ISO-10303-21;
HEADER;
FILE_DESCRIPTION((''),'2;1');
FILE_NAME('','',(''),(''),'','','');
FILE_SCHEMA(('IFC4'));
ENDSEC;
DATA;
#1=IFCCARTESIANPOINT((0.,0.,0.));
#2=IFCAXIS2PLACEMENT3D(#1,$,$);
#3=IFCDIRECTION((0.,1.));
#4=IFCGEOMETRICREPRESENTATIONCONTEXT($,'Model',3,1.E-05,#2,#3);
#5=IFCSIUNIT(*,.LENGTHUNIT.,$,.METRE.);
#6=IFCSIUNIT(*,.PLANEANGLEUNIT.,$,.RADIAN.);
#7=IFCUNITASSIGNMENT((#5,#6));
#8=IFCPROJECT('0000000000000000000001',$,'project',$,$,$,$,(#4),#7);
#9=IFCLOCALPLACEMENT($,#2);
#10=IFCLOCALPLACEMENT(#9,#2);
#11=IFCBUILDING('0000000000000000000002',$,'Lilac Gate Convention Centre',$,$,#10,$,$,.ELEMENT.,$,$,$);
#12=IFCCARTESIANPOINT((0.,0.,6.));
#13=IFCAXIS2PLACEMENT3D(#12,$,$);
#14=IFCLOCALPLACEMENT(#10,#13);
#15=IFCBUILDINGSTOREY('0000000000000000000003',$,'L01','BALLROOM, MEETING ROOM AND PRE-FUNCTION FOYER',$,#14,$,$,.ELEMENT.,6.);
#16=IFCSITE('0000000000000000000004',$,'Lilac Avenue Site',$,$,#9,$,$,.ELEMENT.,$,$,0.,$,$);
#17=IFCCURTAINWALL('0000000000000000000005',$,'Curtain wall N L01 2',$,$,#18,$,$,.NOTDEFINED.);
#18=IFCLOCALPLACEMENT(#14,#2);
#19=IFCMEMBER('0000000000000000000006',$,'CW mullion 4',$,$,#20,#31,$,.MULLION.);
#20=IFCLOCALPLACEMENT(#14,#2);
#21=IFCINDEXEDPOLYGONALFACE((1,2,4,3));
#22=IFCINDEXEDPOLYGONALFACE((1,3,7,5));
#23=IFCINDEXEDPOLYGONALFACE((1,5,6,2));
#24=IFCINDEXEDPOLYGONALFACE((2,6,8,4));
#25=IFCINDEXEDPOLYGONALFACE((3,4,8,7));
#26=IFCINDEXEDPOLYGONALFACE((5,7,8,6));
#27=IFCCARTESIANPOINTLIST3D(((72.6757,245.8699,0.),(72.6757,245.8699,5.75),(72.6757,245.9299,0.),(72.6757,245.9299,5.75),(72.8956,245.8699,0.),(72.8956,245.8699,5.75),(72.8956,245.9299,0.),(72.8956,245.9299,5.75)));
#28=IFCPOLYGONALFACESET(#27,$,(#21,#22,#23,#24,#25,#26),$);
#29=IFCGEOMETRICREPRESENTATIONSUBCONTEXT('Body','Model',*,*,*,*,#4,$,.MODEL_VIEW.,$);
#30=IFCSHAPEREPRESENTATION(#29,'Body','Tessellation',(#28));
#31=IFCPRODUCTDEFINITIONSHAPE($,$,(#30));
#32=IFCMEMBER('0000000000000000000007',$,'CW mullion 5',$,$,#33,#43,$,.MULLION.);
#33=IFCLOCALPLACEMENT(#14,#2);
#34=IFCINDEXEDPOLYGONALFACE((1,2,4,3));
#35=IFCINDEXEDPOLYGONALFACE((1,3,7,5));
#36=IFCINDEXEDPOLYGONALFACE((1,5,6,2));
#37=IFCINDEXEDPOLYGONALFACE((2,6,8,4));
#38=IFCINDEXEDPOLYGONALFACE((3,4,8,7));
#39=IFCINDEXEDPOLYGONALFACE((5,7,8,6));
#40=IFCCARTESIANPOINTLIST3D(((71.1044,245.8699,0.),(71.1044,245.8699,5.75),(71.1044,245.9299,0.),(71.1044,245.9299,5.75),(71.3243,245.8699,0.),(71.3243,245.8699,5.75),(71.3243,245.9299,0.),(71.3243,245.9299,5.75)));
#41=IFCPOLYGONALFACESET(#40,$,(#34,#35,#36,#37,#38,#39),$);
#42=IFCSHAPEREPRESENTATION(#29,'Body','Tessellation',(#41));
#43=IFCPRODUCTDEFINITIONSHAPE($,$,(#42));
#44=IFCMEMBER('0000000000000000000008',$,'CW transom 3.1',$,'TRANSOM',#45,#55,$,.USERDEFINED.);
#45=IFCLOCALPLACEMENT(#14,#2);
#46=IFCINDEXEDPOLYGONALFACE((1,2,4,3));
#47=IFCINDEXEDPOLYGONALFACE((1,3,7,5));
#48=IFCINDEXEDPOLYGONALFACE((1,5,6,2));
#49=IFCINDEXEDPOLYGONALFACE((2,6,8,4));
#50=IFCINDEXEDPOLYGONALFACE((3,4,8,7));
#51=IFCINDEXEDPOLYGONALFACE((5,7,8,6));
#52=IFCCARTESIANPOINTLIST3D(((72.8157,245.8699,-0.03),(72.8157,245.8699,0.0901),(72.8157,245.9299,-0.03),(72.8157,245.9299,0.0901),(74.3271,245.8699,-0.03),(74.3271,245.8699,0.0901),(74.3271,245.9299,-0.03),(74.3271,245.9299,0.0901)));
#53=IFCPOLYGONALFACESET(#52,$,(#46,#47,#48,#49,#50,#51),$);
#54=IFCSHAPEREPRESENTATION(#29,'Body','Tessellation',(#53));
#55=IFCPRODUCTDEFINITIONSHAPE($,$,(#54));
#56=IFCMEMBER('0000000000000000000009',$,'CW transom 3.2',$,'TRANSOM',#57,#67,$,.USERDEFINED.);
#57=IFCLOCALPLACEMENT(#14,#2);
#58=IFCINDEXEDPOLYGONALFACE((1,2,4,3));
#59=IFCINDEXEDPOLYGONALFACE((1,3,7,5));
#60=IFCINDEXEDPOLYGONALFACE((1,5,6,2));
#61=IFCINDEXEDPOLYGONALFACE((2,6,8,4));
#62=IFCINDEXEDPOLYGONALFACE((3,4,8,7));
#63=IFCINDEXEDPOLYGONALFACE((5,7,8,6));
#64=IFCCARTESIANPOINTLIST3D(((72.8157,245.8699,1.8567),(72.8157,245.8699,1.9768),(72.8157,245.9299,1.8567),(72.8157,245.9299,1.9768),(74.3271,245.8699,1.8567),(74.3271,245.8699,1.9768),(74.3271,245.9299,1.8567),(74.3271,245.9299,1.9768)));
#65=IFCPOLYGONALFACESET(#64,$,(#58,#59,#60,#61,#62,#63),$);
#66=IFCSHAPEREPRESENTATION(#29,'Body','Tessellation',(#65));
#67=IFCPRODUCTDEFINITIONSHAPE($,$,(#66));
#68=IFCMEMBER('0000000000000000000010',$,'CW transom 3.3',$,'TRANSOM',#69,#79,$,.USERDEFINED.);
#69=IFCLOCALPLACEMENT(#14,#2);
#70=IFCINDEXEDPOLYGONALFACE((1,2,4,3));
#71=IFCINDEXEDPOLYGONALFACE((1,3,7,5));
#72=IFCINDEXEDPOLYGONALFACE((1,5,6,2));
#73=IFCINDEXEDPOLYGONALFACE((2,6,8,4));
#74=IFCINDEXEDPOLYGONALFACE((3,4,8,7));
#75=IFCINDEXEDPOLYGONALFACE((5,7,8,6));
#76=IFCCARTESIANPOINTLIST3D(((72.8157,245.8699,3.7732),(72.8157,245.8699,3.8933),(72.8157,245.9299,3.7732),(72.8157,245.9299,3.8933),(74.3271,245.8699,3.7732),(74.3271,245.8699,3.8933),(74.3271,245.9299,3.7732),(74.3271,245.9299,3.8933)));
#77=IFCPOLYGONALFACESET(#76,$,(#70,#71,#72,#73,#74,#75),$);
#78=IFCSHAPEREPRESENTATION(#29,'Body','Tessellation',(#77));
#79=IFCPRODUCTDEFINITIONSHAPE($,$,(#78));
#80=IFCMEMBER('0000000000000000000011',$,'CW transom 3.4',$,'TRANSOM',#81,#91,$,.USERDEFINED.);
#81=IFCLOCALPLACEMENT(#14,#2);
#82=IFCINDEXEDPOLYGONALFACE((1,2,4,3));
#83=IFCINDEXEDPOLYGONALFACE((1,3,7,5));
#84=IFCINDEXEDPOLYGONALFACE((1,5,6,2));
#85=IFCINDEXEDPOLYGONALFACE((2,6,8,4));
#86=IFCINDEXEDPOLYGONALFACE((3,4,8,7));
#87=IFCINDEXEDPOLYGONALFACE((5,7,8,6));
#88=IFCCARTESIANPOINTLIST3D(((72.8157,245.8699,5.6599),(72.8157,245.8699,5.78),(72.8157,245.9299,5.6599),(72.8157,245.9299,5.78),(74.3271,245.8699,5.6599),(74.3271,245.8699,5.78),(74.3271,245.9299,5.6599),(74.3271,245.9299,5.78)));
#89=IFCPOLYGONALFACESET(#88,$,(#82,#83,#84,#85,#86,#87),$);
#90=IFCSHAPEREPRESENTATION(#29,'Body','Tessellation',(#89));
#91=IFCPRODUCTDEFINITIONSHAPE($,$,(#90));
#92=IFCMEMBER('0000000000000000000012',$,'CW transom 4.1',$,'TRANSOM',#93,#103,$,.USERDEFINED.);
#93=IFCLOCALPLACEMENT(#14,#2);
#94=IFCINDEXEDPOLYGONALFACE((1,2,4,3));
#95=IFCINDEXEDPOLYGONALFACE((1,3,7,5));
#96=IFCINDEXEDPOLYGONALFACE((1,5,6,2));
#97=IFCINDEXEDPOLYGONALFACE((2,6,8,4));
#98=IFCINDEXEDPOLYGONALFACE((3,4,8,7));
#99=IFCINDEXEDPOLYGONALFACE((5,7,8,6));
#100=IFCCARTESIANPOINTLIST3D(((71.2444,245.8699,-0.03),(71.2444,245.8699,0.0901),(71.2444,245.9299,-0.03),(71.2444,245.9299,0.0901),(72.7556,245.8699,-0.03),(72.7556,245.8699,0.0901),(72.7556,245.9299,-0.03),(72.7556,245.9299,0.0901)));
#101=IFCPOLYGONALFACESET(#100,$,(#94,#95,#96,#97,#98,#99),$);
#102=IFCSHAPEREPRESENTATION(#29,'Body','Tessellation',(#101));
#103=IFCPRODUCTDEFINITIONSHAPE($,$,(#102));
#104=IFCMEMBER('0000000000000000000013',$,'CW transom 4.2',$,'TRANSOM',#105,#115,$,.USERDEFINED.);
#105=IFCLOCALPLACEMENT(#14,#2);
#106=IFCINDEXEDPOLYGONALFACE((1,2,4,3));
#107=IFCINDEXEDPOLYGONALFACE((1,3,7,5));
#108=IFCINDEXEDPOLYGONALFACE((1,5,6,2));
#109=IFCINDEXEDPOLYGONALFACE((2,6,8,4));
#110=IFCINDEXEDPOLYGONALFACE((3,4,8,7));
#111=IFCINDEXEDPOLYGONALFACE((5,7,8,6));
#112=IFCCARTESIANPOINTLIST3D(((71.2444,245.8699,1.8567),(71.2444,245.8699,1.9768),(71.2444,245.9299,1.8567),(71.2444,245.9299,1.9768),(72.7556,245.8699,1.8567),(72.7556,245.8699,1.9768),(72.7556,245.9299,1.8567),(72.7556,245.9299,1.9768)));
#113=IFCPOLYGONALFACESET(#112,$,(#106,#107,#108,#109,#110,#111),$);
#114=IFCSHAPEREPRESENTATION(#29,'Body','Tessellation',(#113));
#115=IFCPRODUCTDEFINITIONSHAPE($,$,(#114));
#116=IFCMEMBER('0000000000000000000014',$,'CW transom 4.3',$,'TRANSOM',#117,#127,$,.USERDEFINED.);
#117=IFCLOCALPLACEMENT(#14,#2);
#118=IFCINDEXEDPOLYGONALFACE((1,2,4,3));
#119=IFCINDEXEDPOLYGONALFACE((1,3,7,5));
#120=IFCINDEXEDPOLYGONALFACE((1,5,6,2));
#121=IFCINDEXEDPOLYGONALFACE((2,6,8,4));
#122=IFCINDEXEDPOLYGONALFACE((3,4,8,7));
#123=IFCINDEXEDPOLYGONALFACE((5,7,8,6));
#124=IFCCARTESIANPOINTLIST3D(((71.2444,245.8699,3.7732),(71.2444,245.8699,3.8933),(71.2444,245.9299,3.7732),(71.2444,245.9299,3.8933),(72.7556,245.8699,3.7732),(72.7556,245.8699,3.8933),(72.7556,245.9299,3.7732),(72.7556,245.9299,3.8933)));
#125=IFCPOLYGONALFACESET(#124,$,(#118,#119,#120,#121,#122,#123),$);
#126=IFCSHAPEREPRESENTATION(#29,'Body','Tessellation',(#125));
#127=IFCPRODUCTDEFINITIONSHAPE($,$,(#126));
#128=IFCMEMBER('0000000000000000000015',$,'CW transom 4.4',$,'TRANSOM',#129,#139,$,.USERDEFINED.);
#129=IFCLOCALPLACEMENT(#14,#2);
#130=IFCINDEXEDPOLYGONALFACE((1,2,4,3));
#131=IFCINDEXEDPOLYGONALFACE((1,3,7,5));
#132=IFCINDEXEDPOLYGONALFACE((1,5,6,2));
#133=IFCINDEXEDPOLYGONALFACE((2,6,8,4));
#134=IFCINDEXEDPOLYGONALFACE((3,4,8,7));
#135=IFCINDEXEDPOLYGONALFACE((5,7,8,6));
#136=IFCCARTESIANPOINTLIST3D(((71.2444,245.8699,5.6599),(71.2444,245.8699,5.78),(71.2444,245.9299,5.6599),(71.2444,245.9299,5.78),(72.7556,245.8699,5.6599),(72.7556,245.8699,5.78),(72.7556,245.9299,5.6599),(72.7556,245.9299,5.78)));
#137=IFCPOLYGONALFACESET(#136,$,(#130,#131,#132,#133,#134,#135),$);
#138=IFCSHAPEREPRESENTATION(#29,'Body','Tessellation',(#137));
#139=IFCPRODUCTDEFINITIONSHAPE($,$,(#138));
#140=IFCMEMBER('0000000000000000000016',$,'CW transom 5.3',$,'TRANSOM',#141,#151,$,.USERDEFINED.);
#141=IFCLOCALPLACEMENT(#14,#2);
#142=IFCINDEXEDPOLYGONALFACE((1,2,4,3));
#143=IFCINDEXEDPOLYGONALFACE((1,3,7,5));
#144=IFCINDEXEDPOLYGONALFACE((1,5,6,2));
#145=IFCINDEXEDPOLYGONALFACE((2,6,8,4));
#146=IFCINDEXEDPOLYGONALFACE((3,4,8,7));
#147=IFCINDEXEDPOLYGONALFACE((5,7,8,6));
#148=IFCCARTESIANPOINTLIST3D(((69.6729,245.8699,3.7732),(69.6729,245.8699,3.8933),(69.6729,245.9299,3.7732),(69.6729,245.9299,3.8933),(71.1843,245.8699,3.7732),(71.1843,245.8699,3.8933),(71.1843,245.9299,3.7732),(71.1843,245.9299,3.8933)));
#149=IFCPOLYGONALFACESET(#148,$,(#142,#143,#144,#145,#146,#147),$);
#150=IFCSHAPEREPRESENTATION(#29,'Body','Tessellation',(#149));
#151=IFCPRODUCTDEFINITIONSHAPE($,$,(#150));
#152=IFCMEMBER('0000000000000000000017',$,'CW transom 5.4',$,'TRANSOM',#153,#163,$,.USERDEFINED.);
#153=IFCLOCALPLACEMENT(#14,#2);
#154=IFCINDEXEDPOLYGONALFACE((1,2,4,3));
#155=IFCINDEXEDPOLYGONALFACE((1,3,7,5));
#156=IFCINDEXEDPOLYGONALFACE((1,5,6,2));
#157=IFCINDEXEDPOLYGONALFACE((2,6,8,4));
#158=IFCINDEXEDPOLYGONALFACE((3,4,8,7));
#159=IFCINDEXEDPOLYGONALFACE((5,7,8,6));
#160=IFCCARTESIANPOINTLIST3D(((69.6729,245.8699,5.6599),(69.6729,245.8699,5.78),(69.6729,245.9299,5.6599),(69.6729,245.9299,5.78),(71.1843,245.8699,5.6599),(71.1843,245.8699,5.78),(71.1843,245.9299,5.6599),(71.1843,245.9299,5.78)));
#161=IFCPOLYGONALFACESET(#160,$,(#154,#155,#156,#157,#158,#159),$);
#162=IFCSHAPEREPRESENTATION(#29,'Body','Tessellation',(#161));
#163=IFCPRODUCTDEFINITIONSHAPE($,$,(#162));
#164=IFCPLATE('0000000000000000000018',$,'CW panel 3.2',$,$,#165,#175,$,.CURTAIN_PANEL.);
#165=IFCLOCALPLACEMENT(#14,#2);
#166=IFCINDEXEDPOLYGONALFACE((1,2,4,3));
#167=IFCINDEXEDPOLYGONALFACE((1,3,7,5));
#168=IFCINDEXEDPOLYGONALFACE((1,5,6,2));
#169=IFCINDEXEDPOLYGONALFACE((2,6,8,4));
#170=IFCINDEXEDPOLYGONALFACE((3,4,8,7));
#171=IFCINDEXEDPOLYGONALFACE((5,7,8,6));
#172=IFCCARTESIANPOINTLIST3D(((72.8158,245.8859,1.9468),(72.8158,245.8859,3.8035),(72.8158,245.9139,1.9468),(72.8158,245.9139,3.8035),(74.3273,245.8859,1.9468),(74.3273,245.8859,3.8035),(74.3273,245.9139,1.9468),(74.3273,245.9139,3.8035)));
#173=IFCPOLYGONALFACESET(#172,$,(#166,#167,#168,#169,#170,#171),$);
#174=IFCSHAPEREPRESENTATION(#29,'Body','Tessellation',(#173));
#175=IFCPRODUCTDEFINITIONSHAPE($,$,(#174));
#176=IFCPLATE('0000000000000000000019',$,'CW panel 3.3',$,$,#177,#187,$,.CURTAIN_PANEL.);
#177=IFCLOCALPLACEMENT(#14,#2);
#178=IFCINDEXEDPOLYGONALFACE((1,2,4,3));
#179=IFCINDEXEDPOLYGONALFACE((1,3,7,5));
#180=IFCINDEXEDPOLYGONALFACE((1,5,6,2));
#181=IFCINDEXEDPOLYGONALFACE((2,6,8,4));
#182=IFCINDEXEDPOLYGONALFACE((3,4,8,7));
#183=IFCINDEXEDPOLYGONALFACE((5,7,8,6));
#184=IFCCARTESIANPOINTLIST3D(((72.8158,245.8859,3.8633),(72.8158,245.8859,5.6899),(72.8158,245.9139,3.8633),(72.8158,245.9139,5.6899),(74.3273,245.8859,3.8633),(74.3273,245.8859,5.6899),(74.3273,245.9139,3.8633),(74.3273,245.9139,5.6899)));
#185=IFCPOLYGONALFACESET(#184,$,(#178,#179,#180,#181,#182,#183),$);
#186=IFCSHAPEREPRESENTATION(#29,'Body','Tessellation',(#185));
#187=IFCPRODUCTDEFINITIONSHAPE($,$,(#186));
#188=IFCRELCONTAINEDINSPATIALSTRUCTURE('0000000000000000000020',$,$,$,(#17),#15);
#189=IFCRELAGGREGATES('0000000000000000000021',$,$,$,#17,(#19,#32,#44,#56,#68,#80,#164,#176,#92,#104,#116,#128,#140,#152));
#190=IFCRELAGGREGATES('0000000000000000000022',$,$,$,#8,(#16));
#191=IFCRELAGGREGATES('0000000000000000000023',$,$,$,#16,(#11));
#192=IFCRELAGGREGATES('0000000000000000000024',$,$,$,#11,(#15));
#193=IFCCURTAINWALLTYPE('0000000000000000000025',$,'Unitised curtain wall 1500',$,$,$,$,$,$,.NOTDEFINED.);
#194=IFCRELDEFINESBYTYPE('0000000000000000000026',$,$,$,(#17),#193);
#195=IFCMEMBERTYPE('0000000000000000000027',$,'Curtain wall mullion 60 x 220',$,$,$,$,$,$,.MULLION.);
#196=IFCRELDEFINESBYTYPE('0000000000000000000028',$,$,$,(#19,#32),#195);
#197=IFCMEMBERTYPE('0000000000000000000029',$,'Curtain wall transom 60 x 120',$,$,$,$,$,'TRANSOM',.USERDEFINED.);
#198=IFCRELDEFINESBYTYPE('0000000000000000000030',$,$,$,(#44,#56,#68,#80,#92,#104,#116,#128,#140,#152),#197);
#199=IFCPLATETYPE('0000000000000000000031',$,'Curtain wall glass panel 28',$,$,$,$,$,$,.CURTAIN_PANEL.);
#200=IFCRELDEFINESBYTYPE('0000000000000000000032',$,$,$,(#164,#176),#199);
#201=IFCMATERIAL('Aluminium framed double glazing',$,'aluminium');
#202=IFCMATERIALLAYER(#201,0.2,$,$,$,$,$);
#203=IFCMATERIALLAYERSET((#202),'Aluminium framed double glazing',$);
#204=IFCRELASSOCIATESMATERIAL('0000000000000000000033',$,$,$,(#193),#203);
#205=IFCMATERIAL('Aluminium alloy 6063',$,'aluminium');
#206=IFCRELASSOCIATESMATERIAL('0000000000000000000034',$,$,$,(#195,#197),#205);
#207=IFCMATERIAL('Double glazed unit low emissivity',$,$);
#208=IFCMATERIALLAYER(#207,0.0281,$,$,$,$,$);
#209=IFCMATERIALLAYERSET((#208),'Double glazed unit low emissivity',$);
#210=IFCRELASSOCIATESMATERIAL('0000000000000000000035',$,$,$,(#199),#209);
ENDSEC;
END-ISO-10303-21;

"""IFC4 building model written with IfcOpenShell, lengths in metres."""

from ifc_helpers import new_model, si_unit, direction, frame, origin, origin_2d, place, context, subcontext, project, spatial, rectangle, extrude, material, layer, layer_set, material_profile, profile_set, type_object, element, aggregate, save


model = new_model("IFC4")

# Units and contexts
model_context = context("Model", 3, precision=1e-05, world=origin(), true_north=direction((0.0, 1.0)))
body_context = subcontext(model_context, "Body", "Model", "MODEL_VIEW")
ifc_project = project(units=[si_unit("LENGTHUNIT", "METRE"), si_unit("PLANEANGLEUNIT", "RADIAN")], contexts=[model_context])

# Site, building, storey
site_placement = place(None, origin())
site = spatial("IfcSite", under=ifc_project, at=site_placement, Name="Lilac Avenue Site", CompositionType="ELEMENT", RefElevation=0.0)
building_placement = place(site_placement, origin())
building = spatial("IfcBuilding", under=site, at=building_placement, Name="Lilac Gate Convention Centre", CompositionType="ELEMENT")
storey_placement = place(building_placement, frame((0.0, 0.0, 6.0)))
storey = spatial("IfcBuildingStorey", under=building, at=storey_placement, Name="L01", Description="BALLROOM, MEETING ROOM AND PRE-FUNCTION FOYER", CompositionType="ELEMENT", Elevation=6.0)

# Curtain wall, members, plates
ifc_material_1 = material(Name="Aluminium framed double glazing", Category="aluminium")
ifc_layer_1 = layer(ifc_material_1, 0.2)
ifc_layer_set_1 = layer_set([ifc_layer_1], Name="Aluminium framed double glazing")
curtain_wall_type = type_object("IfcCurtainWallType", Name="Unitised curtain wall 1500", PredefinedType="NOTDEFINED", material=ifc_layer_set_1)
curtain_wall_placement = place(storey_placement, origin())
curtain_wall = element("IfcCurtainWall", 1, at=curtain_wall_placement, inside=storey, type_object=curtain_wall_type, Name="Curtain wall N L01 2", PredefinedType="NOTDEFINED")
ifc_material_2 = material(Name="Aluminium alloy 6063", Category="aluminium")
ifc_material_profile_1 = material_profile(ifc_material_2, rectangle(XDim=0.0601, YDim=0.22, at=origin_2d()), Name="Curtain wall mullion 60 x 220")
ifc_profile_set_1 = profile_set([ifc_material_profile_1], Name="Aluminium alloy 6063")
member_type_1 = type_object("IfcMemberType", Name="Curtain wall mullion 60 x 220", PredefinedType="MULLION", material=ifc_profile_set_1)
member_1_placement = place(storey_placement, frame((72.7856, 245.8999, 0.0), z_axis=(0.0, 0.0, 1.0), x_axis=(0.0, -1.0, 0.0)))
member_1 = element("IfcMember", 2, at=member_1_placement, type_object=member_type_1, Name="CW mullion 4", PredefinedType="MULLION", context=body_context, shape_type="SweptSolid", body=[
    extrude(rectangle(XDim=0.0601, YDim=0.22, at=origin_2d()), origin(), (0.0, 0.0, 1.0), 5.75),
])
member_2_placement = place(storey_placement, frame((71.2144, 245.8999, 0.0), z_axis=(0.0, 0.0, 1.0), x_axis=(0.0, -1.0, 0.0)))
member_2 = element("IfcMember", 3, at=member_2_placement, type_object=member_type_1, Name="CW mullion 5", PredefinedType="MULLION", context=body_context, shape_type="SweptSolid", body=[
    extrude(rectangle(XDim=0.0601, YDim=0.22, at=origin_2d()), origin(), (0.0, 0.0, 1.0), 5.75),
])
ifc_material_profile_2 = material_profile(ifc_material_2, rectangle(XDim=0.0601, YDim=0.1201, at=origin_2d()), Name="Curtain wall transom 60 x 120")
ifc_profile_set_2 = profile_set([ifc_material_profile_2], Name="Aluminium alloy 6063")
member_type_2 = type_object("IfcMemberType", Name="Curtain wall transom 60 x 120", ElementType="TRANSOM", PredefinedType="USERDEFINED", material=ifc_profile_set_2)
member_3_placement = place(storey_placement, frame((74.3271, 245.8999, 0.03), z_axis=(-1.0, 0.0, 0.0), x_axis=(0.0, -1.0, 0.0)))
member_3 = element("IfcMember", 4, at=member_3_placement, type_object=member_type_2, Name="CW transom 3.1", ObjectType="TRANSOM", PredefinedType="USERDEFINED", context=body_context, shape_type="SweptSolid", body=[
    extrude(rectangle(XDim=0.0601, YDim=0.1201, at=origin_2d()), origin(), (0.0, 0.0, 1.0), 1.5115),
])
member_4_placement = place(storey_placement, frame((74.3271, 245.8999, 1.9167), z_axis=(-1.0, 0.0, 0.0), x_axis=(0.0, -1.0, 0.0)))
member_4 = element("IfcMember", 5, at=member_4_placement, type_object=member_type_2, Name="CW transom 3.2", ObjectType="TRANSOM", PredefinedType="USERDEFINED", context=body_context, shape_type="SweptSolid", body=[
    extrude(rectangle(XDim=0.0601, YDim=0.1201, at=origin_2d()), origin(), (0.0, 0.0, 1.0), 1.5115),
])
member_5_placement = place(storey_placement, frame((74.3271, 245.8999, 3.8333), z_axis=(-1.0, 0.0, 0.0), x_axis=(0.0, -1.0, 0.0)))
member_5 = element("IfcMember", 6, at=member_5_placement, type_object=member_type_2, Name="CW transom 3.3", ObjectType="TRANSOM", PredefinedType="USERDEFINED", context=body_context, shape_type="SweptSolid", body=[
    extrude(rectangle(XDim=0.0601, YDim=0.1201, at=origin_2d()), origin(), (0.0, 0.0, 1.0), 1.5115),
])
member_6_placement = place(storey_placement, frame((74.3271, 245.8999, 5.72), z_axis=(-1.0, 0.0, 0.0), x_axis=(0.0, -1.0, 0.0)))
member_6 = element("IfcMember", 7, at=member_6_placement, type_object=member_type_2, Name="CW transom 3.4", ObjectType="TRANSOM", PredefinedType="USERDEFINED", context=body_context, shape_type="SweptSolid", body=[
    extrude(rectangle(XDim=0.0601, YDim=0.1201, at=origin_2d()), origin(), (0.0, 0.0, 1.0), 1.5115),
])
member_7_placement = place(storey_placement, frame((72.7556, 245.8999, 0.03), z_axis=(-1.0, 0.0, 0.0), x_axis=(0.0, -1.0, 0.0)))
member_7 = element("IfcMember", 8, at=member_7_placement, type_object=member_type_2, Name="CW transom 4.1", ObjectType="TRANSOM", PredefinedType="USERDEFINED", context=body_context, shape_type="SweptSolid", body=[
    extrude(rectangle(XDim=0.0601, YDim=0.1201, at=origin_2d()), origin(), (0.0, 0.0, 1.0), 1.5112),
])
member_8_placement = place(storey_placement, frame((72.7556, 245.8999, 1.9167), z_axis=(-1.0, 0.0, 0.0), x_axis=(0.0, -1.0, 0.0)))
member_8 = element("IfcMember", 9, at=member_8_placement, type_object=member_type_2, Name="CW transom 4.2", ObjectType="TRANSOM", PredefinedType="USERDEFINED", context=body_context, shape_type="SweptSolid", body=[
    extrude(rectangle(XDim=0.0601, YDim=0.1201, at=origin_2d()), origin(), (0.0, 0.0, 1.0), 1.5112),
])
member_9_placement = place(storey_placement, frame((72.7556, 245.8999, 3.8333), z_axis=(-1.0, 0.0, 0.0), x_axis=(0.0, -1.0, 0.0)))
member_9 = element("IfcMember", 10, at=member_9_placement, type_object=member_type_2, Name="CW transom 4.3", ObjectType="TRANSOM", PredefinedType="USERDEFINED", context=body_context, shape_type="SweptSolid", body=[
    extrude(rectangle(XDim=0.0601, YDim=0.1201, at=origin_2d()), origin(), (0.0, 0.0, 1.0), 1.5112),
])
member_10_placement = place(storey_placement, frame((72.7556, 245.8999, 5.72), z_axis=(-1.0, 0.0, 0.0), x_axis=(0.0, -1.0, 0.0)))
member_10 = element("IfcMember", 11, at=member_10_placement, type_object=member_type_2, Name="CW transom 4.4", ObjectType="TRANSOM", PredefinedType="USERDEFINED", context=body_context, shape_type="SweptSolid", body=[
    extrude(rectangle(XDim=0.0601, YDim=0.1201, at=origin_2d()), origin(), (0.0, 0.0, 1.0), 1.5112),
])
member_11_placement = place(storey_placement, frame((71.1843, 245.8999, 3.8333), z_axis=(-1.0, 0.0, 0.0), x_axis=(0.0, -1.0, 0.0)))
member_11 = element("IfcMember", 12, at=member_11_placement, type_object=member_type_2, Name="CW transom 5.3", ObjectType="TRANSOM", PredefinedType="USERDEFINED", context=body_context, shape_type="SweptSolid", body=[
    extrude(rectangle(XDim=0.0601, YDim=0.1201, at=origin_2d()), origin(), (0.0, 0.0, 1.0), 1.5115),
])
member_12_placement = place(storey_placement, frame((71.1843, 245.8999, 5.72), z_axis=(-1.0, 0.0, 0.0), x_axis=(0.0, -1.0, 0.0)))
member_12 = element("IfcMember", 13, at=member_12_placement, type_object=member_type_2, Name="CW transom 5.4", ObjectType="TRANSOM", PredefinedType="USERDEFINED", context=body_context, shape_type="SweptSolid", body=[
    extrude(rectangle(XDim=0.0601, YDim=0.1201, at=origin_2d()), origin(), (0.0, 0.0, 1.0), 1.5115),
])
ifc_material_3 = material(Name="Double glazed unit low emissivity")
ifc_layer_2 = layer(ifc_material_3, 0.0281)
ifc_layer_set_2 = layer_set([ifc_layer_2], Name="Double glazed unit low emissivity")
plate_type_1 = type_object("IfcPlateType", Name="Curtain wall glass panel 28", PredefinedType="CURTAIN_PANEL", material=ifc_layer_set_2)
plate_1_placement = place(storey_placement, frame((73.5715, 245.8999, 1.9468), z_axis=(0.0, 0.0, 1.0), x_axis=(-1.0, 0.0, 0.0)))
plate_1 = element("IfcPlate", 14, at=plate_1_placement, type_object=plate_type_1, Name="CW panel 3.2", PredefinedType="CURTAIN_PANEL", context=body_context, shape_type="SweptSolid", body=[
    extrude(rectangle(XDim=1.5115, YDim=0.0281, at=origin_2d()), origin(), (0.0, 0.0, 1.0), 1.8567),
])
plate_2_placement = place(storey_placement, frame((73.5715, 245.8999, 3.8633), z_axis=(0.0, 0.0, 1.0), x_axis=(-1.0, 0.0, 0.0)))
plate_2 = element("IfcPlate", 15, at=plate_2_placement, type_object=plate_type_1, Name="CW panel 3.3", PredefinedType="CURTAIN_PANEL", context=body_context, shape_type="SweptSolid", body=[
    extrude(rectangle(XDim=1.5115, YDim=0.0281, at=origin_2d()), origin(), (0.0, 0.0, 1.0), 1.8267),
])
aggregate(curtain_wall, [member_1, member_2, member_3, member_4, member_5, member_6, plate_1, plate_2, member_7, member_8, member_9, member_10, member_11, member_12])

save(model, "model.ifc")
